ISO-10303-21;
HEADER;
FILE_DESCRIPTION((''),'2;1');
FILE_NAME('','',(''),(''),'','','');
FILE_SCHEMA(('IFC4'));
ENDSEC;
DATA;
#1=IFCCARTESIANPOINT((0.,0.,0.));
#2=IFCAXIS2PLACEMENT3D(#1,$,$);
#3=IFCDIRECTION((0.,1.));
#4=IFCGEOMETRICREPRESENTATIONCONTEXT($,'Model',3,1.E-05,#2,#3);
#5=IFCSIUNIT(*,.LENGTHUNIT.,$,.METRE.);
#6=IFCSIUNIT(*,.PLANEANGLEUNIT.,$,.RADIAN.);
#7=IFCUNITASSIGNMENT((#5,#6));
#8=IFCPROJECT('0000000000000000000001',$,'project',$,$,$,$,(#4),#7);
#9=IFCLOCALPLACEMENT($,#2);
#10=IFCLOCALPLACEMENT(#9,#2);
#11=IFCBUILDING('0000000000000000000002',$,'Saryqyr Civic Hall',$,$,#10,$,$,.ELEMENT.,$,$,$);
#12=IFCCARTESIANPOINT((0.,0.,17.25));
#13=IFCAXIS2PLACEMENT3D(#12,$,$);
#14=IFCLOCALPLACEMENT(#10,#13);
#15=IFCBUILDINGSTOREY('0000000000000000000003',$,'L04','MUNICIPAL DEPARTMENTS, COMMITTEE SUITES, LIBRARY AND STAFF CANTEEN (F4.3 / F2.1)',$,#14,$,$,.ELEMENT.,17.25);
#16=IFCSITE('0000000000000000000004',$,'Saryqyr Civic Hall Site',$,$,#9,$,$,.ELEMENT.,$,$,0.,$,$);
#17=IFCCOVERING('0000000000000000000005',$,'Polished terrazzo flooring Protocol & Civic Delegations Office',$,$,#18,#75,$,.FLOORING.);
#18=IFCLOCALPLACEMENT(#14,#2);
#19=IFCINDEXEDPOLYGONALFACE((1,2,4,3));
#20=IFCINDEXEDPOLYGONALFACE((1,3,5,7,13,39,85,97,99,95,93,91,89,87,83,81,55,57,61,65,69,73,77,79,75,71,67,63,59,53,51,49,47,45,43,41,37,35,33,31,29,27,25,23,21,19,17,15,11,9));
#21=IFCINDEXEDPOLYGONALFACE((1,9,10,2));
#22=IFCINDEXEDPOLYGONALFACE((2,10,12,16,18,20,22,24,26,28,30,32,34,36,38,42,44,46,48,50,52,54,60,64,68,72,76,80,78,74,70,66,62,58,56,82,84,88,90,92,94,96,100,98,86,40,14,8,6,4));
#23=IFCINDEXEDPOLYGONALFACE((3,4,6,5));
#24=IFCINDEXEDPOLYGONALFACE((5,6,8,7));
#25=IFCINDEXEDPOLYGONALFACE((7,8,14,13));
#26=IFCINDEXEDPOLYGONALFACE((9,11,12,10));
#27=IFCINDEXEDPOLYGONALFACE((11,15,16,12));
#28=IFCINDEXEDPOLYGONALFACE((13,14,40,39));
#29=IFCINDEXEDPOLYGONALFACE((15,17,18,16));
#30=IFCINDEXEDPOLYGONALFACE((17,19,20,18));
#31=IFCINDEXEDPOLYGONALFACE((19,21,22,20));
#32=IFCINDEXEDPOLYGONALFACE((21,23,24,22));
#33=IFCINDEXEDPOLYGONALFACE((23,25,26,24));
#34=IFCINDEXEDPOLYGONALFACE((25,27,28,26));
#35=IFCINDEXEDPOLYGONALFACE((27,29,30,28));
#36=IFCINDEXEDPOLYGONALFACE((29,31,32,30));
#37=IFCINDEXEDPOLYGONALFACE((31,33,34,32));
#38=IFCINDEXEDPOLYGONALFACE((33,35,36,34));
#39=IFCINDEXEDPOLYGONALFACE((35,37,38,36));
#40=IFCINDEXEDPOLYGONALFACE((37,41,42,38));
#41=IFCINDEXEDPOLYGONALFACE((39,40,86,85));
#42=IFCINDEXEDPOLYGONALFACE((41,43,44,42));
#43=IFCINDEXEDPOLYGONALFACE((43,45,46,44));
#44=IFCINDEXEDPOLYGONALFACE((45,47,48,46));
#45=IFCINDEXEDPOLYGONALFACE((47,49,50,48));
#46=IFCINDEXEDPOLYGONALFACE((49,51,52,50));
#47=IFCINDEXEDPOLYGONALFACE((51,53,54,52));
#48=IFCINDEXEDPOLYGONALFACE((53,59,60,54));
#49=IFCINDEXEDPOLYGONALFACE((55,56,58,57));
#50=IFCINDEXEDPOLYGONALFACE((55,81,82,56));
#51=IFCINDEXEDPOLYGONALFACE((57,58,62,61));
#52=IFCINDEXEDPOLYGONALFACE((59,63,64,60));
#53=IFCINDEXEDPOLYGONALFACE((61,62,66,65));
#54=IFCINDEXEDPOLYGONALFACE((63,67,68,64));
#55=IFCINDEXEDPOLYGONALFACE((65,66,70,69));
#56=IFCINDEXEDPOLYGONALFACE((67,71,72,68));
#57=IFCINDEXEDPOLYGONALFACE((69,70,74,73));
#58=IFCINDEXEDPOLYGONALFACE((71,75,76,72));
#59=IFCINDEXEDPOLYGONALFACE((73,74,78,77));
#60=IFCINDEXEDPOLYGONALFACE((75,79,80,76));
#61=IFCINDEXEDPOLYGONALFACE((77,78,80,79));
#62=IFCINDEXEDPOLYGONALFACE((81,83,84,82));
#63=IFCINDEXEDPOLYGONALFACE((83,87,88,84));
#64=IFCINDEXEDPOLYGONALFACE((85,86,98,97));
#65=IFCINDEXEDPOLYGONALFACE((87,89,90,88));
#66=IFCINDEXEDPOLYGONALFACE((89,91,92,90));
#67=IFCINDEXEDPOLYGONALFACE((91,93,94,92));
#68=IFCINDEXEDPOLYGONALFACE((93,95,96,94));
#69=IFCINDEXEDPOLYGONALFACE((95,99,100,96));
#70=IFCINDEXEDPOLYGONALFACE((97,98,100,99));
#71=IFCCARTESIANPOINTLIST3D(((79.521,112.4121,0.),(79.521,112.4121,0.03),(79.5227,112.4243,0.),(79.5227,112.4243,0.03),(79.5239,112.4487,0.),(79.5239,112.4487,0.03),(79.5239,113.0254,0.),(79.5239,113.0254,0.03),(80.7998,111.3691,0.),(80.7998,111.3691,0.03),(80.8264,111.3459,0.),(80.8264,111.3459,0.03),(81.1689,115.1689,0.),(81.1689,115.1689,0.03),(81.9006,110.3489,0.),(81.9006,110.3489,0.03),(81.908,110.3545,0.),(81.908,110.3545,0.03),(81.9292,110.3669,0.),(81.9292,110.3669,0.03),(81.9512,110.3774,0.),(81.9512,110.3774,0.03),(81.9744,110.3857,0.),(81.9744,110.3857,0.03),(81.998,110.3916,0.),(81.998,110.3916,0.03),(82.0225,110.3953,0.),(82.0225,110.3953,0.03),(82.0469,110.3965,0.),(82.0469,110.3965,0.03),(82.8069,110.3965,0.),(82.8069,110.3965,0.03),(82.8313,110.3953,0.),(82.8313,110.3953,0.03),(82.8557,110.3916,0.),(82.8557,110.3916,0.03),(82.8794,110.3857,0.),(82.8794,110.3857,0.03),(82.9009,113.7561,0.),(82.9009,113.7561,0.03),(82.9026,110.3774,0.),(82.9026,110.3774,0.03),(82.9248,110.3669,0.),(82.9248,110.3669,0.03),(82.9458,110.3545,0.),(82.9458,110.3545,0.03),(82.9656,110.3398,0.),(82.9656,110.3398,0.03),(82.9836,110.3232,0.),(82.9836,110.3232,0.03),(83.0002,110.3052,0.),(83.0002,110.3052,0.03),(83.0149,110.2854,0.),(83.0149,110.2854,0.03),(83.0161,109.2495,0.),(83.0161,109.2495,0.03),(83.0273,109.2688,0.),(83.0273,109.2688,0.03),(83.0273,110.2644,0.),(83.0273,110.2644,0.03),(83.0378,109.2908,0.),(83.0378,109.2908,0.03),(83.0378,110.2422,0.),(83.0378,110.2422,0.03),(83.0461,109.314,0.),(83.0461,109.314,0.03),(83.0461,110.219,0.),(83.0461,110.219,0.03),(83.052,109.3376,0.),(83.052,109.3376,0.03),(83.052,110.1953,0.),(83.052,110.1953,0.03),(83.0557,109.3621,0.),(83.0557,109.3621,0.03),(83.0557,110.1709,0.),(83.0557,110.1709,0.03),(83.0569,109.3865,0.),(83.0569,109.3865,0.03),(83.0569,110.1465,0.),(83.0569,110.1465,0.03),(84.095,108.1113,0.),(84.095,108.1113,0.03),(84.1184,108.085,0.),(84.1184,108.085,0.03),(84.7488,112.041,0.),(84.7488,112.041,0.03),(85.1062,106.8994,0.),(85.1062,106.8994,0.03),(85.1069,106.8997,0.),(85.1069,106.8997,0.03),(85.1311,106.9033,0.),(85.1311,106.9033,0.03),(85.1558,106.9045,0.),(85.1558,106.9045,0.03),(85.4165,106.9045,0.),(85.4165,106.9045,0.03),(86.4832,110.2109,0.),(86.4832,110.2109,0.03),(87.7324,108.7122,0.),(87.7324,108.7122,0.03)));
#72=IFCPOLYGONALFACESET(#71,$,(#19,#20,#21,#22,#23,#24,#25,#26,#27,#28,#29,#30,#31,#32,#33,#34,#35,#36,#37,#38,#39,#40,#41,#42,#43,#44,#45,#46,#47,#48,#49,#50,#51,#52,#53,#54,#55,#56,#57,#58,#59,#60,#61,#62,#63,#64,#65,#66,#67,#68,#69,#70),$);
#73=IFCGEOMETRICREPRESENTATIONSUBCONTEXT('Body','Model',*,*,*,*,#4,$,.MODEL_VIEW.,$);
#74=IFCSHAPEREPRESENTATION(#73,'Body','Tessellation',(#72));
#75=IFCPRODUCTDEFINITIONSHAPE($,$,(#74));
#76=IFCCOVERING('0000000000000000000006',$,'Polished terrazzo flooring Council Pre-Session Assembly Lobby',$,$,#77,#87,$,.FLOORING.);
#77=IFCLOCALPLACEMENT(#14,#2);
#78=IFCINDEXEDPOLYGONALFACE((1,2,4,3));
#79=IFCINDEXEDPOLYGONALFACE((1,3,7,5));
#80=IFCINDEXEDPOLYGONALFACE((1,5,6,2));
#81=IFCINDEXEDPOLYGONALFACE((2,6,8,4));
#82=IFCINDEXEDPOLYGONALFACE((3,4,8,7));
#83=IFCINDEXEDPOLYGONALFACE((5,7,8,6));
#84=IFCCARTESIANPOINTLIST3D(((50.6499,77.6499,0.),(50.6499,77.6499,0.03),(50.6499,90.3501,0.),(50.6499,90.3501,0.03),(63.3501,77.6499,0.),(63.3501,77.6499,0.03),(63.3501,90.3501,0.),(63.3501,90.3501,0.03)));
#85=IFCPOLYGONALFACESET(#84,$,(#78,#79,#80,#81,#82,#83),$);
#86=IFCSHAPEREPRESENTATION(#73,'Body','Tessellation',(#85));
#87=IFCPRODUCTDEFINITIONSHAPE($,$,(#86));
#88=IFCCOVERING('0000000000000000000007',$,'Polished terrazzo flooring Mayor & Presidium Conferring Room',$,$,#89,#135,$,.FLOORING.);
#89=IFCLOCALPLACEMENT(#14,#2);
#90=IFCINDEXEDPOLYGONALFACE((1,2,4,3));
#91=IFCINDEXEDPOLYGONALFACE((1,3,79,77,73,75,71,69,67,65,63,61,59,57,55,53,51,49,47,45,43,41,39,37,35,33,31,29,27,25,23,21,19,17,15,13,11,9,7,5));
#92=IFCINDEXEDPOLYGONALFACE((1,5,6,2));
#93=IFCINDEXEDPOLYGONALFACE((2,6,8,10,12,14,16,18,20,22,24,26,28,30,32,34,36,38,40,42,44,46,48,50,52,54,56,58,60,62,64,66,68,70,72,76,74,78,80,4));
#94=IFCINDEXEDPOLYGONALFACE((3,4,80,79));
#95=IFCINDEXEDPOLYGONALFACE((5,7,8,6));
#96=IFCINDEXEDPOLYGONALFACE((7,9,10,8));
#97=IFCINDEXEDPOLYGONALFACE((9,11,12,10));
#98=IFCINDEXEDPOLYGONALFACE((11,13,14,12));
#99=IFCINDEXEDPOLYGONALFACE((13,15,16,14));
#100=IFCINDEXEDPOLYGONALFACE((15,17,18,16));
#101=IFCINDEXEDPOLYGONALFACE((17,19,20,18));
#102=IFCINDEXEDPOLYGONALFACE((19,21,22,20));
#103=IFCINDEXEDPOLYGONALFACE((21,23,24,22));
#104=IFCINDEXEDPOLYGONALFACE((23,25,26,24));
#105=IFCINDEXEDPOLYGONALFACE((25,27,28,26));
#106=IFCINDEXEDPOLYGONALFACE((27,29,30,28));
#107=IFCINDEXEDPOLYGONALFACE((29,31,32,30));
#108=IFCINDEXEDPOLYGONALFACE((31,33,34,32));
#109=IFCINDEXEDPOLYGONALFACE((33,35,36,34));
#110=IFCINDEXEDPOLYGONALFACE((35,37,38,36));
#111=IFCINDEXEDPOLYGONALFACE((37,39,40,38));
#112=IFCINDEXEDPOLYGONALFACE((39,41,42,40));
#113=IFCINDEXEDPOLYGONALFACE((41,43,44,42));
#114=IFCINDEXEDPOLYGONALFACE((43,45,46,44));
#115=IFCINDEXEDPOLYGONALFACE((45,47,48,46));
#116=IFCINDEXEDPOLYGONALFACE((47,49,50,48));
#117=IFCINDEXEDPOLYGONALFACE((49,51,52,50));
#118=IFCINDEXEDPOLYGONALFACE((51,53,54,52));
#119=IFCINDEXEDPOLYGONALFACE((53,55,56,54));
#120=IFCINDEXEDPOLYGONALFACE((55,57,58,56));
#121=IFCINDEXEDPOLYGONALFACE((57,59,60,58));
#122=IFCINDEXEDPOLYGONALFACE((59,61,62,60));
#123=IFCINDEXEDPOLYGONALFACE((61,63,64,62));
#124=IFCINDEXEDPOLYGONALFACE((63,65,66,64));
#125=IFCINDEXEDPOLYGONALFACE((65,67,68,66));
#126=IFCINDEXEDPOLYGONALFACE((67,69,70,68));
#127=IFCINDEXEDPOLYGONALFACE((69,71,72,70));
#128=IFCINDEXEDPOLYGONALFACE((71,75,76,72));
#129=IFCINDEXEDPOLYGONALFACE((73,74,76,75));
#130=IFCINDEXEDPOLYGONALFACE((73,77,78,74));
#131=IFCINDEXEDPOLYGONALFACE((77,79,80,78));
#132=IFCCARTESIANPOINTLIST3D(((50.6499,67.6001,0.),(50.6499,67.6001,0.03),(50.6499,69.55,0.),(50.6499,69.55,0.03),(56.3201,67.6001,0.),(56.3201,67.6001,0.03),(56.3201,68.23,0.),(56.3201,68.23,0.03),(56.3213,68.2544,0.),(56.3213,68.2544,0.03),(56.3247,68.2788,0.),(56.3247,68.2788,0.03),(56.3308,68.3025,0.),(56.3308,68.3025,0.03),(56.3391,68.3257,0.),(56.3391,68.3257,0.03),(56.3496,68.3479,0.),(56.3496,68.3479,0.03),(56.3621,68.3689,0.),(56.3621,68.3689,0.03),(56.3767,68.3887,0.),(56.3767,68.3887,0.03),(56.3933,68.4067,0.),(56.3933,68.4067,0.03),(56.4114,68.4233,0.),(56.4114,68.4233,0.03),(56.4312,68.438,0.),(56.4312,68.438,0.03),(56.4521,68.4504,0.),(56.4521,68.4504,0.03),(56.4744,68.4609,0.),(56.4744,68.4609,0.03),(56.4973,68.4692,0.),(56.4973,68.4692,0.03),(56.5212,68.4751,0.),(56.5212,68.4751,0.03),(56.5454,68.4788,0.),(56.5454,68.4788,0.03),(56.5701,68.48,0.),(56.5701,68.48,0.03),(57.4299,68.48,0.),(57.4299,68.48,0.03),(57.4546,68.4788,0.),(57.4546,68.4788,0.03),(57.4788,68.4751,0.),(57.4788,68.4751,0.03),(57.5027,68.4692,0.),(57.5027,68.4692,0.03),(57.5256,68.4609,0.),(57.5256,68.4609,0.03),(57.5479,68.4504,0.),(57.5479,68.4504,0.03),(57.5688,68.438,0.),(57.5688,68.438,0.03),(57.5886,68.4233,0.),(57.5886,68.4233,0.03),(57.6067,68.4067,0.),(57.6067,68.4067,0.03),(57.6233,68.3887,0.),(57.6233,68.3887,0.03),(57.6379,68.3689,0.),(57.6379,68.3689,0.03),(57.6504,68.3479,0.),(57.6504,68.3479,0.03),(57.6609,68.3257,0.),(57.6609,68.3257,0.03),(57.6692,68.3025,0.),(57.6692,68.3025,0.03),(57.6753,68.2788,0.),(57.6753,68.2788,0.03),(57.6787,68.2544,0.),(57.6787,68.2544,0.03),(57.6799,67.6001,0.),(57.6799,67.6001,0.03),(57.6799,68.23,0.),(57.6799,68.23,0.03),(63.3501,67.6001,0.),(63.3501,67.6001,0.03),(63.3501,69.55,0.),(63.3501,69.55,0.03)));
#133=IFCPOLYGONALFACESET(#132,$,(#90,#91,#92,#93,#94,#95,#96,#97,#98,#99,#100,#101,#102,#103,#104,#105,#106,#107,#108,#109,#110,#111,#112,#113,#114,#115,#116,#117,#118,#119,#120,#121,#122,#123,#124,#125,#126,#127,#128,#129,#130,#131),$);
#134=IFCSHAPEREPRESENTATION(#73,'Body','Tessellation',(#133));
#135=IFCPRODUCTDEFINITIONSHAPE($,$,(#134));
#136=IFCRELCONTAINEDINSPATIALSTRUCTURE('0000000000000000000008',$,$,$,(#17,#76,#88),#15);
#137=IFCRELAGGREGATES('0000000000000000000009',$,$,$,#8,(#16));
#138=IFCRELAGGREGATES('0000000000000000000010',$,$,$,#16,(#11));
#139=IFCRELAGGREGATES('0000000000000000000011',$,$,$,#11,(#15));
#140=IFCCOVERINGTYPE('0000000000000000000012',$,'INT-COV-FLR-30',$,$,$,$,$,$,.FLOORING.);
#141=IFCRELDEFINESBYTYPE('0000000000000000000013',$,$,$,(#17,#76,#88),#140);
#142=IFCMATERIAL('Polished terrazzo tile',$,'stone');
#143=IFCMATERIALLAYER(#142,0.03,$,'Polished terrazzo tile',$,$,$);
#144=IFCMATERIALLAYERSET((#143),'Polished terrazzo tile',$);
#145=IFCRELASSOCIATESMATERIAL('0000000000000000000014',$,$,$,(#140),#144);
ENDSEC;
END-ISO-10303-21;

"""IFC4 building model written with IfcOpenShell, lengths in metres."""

from ifc_helpers import new_model, si_unit, direction, frame, origin, place, context, subcontext, project, spatial, polyline, outline, extrude, material, layer, layer_set, type_object, element, save


model = new_model("IFC4")

# Units and contexts
model_context = context("Model", 3, precision=1e-05, world=origin(), true_north=direction((0.0, 1.0)))
body_context = subcontext(model_context, "Body", "Model", "MODEL_VIEW")
ifc_project = project(units=[si_unit("LENGTHUNIT", "METRE"), si_unit("PLANEANGLEUNIT", "RADIAN")], contexts=[model_context])

# Site, building, storey
site_placement = place(None, origin())
site = spatial("IfcSite", under=ifc_project, at=site_placement, Name="Saryqyr Civic Hall Site", CompositionType="ELEMENT", RefElevation=0.0)
building_placement = place(site_placement, origin())
building = spatial("IfcBuilding", under=site, at=building_placement, Name="Saryqyr Civic Hall", CompositionType="ELEMENT")
storey_placement = place(building_placement, frame((0.0, 0.0, 17.25)))
storey = spatial("IfcBuildingStorey", under=building, at=storey_placement, Name="L04", Description="MUNICIPAL DEPARTMENTS, COMMITTEE SUITES, LIBRARY AND STAFF CANTEEN (F4.3 / F2.1)", CompositionType="ELEMENT", Elevation=17.25)

# Coverings
ifc_material_1 = material(Name="Polished terrazzo tile", Category="stone")
ifc_layer_1 = layer(ifc_material_1, 0.03, Name="Polished terrazzo tile")
ifc_layer_set_1 = layer_set([ifc_layer_1], Name="Polished terrazzo tile")
covering_type_1 = type_object("IfcCoveringType", Name="INT-COV-FLR-30", PredefinedType="FLOORING", material=ifc_layer_set_1)
covering_1_placement = place(storey_placement, origin())
element("IfcCovering", 1, at=covering_1_placement, inside=storey, type_object=covering_type_1, Name="Polished terrazzo flooring Protocol & Civic Delegations Office", PredefinedType="FLOORING", context=body_context, shape_type="SweptSolid", body=[
    extrude(outline(polyline([(83.0273, 109.2688), (83.0378, 109.2908), (83.0461, 109.314), (83.052, 109.3376), (83.0557, 109.3621), (83.0569, 109.3865), (83.0569, 110.1465), (83.0557, 110.1709), (83.052, 110.1953), (83.0461, 110.219), (83.0378, 110.2422), (83.0273, 110.2644), (83.0149, 110.2854), (83.0002, 110.3052), (82.9836, 110.3232), (82.9656, 110.3398), (82.9458, 110.3545), (82.9248, 110.3669), (82.9026, 110.3774), (82.8794, 110.3857), (82.8557, 110.3916), (82.8313, 110.3953), (82.8069, 110.3965), (82.0469, 110.3965), (82.0225, 110.3953), (81.998, 110.3916), (81.9744, 110.3857), (81.9512, 110.3774), (81.9292, 110.3669), (81.908, 110.3545), (81.9006, 110.3489), (80.8264, 111.3459), (80.7998, 111.3691), (79.521, 112.4121), (79.5227, 112.4243), (79.5239, 112.4487), (79.5239, 113.0254), (81.1689, 115.1689), (82.9009, 113.7561), (84.7488, 112.041), (86.4832, 110.2109), (87.7324, 108.7122), (85.4165, 106.9045), (85.1558, 106.9045), (85.1311, 106.9033), (85.1069, 106.8997), (85.1062, 106.8994), (84.1184, 108.085), (84.095, 108.1113), (83.0161, 109.2495), (83.0273, 109.2688)])), origin(), (0.0, 0.0, 1.0), 0.03),
])
covering_2_placement = place(storey_placement, origin())
element("IfcCovering", 2, at=covering_2_placement, inside=storey, type_object=covering_type_1, Name="Polished terrazzo flooring Council Pre-Session Assembly Lobby", PredefinedType="FLOORING", context=body_context, shape_type="SweptSolid", body=[
    extrude(outline(polyline([(50.6499, 77.6499), (50.6499, 90.3501), (63.3501, 90.3501), (63.3501, 77.6499), (50.6499, 77.6499)])), origin(), (0.0, 0.0, 1.0), 0.03),
])
covering_3_placement = place(storey_placement, origin())
element("IfcCovering", 3, at=covering_3_placement, inside=storey, type_object=covering_type_1, Name="Polished terrazzo flooring Mayor & Presidium Conferring Room", PredefinedType="FLOORING", context=body_context, shape_type="SweptSolid", body=[
    extrude(outline(polyline([(50.6499, 69.55), (63.3501, 69.55), (63.3501, 67.6001), (57.6799, 67.6001), (57.6799, 68.23), (57.6787, 68.2544), (57.6753, 68.2788), (57.6692, 68.3025), (57.6609, 68.3257), (57.6504, 68.3479), (57.6379, 68.3689), (57.6233, 68.3887), (57.6067, 68.4067), (57.5886, 68.4233), (57.5688, 68.438), (57.5479, 68.4504), (57.5256, 68.4609), (57.5027, 68.4692), (57.4788, 68.4751), (57.4546, 68.4788), (57.4299, 68.48), (56.5701, 68.48), (56.5454, 68.4788), (56.5212, 68.4751), (56.4973, 68.4692), (56.4744, 68.4609), (56.4521, 68.4504), (56.4312, 68.438), (56.4114, 68.4233), (56.3933, 68.4067), (56.3767, 68.3887), (56.3621, 68.3689), (56.3496, 68.3479), (56.3391, 68.3257), (56.3308, 68.3025), (56.3247, 68.2788), (56.3213, 68.2544), (56.3201, 68.23), (56.3201, 67.6001), (50.6499, 67.6001), (50.6499, 69.55)])), origin(), (0.0, 0.0, 1.0), 0.03),
])

save(model, "model.ifc")
